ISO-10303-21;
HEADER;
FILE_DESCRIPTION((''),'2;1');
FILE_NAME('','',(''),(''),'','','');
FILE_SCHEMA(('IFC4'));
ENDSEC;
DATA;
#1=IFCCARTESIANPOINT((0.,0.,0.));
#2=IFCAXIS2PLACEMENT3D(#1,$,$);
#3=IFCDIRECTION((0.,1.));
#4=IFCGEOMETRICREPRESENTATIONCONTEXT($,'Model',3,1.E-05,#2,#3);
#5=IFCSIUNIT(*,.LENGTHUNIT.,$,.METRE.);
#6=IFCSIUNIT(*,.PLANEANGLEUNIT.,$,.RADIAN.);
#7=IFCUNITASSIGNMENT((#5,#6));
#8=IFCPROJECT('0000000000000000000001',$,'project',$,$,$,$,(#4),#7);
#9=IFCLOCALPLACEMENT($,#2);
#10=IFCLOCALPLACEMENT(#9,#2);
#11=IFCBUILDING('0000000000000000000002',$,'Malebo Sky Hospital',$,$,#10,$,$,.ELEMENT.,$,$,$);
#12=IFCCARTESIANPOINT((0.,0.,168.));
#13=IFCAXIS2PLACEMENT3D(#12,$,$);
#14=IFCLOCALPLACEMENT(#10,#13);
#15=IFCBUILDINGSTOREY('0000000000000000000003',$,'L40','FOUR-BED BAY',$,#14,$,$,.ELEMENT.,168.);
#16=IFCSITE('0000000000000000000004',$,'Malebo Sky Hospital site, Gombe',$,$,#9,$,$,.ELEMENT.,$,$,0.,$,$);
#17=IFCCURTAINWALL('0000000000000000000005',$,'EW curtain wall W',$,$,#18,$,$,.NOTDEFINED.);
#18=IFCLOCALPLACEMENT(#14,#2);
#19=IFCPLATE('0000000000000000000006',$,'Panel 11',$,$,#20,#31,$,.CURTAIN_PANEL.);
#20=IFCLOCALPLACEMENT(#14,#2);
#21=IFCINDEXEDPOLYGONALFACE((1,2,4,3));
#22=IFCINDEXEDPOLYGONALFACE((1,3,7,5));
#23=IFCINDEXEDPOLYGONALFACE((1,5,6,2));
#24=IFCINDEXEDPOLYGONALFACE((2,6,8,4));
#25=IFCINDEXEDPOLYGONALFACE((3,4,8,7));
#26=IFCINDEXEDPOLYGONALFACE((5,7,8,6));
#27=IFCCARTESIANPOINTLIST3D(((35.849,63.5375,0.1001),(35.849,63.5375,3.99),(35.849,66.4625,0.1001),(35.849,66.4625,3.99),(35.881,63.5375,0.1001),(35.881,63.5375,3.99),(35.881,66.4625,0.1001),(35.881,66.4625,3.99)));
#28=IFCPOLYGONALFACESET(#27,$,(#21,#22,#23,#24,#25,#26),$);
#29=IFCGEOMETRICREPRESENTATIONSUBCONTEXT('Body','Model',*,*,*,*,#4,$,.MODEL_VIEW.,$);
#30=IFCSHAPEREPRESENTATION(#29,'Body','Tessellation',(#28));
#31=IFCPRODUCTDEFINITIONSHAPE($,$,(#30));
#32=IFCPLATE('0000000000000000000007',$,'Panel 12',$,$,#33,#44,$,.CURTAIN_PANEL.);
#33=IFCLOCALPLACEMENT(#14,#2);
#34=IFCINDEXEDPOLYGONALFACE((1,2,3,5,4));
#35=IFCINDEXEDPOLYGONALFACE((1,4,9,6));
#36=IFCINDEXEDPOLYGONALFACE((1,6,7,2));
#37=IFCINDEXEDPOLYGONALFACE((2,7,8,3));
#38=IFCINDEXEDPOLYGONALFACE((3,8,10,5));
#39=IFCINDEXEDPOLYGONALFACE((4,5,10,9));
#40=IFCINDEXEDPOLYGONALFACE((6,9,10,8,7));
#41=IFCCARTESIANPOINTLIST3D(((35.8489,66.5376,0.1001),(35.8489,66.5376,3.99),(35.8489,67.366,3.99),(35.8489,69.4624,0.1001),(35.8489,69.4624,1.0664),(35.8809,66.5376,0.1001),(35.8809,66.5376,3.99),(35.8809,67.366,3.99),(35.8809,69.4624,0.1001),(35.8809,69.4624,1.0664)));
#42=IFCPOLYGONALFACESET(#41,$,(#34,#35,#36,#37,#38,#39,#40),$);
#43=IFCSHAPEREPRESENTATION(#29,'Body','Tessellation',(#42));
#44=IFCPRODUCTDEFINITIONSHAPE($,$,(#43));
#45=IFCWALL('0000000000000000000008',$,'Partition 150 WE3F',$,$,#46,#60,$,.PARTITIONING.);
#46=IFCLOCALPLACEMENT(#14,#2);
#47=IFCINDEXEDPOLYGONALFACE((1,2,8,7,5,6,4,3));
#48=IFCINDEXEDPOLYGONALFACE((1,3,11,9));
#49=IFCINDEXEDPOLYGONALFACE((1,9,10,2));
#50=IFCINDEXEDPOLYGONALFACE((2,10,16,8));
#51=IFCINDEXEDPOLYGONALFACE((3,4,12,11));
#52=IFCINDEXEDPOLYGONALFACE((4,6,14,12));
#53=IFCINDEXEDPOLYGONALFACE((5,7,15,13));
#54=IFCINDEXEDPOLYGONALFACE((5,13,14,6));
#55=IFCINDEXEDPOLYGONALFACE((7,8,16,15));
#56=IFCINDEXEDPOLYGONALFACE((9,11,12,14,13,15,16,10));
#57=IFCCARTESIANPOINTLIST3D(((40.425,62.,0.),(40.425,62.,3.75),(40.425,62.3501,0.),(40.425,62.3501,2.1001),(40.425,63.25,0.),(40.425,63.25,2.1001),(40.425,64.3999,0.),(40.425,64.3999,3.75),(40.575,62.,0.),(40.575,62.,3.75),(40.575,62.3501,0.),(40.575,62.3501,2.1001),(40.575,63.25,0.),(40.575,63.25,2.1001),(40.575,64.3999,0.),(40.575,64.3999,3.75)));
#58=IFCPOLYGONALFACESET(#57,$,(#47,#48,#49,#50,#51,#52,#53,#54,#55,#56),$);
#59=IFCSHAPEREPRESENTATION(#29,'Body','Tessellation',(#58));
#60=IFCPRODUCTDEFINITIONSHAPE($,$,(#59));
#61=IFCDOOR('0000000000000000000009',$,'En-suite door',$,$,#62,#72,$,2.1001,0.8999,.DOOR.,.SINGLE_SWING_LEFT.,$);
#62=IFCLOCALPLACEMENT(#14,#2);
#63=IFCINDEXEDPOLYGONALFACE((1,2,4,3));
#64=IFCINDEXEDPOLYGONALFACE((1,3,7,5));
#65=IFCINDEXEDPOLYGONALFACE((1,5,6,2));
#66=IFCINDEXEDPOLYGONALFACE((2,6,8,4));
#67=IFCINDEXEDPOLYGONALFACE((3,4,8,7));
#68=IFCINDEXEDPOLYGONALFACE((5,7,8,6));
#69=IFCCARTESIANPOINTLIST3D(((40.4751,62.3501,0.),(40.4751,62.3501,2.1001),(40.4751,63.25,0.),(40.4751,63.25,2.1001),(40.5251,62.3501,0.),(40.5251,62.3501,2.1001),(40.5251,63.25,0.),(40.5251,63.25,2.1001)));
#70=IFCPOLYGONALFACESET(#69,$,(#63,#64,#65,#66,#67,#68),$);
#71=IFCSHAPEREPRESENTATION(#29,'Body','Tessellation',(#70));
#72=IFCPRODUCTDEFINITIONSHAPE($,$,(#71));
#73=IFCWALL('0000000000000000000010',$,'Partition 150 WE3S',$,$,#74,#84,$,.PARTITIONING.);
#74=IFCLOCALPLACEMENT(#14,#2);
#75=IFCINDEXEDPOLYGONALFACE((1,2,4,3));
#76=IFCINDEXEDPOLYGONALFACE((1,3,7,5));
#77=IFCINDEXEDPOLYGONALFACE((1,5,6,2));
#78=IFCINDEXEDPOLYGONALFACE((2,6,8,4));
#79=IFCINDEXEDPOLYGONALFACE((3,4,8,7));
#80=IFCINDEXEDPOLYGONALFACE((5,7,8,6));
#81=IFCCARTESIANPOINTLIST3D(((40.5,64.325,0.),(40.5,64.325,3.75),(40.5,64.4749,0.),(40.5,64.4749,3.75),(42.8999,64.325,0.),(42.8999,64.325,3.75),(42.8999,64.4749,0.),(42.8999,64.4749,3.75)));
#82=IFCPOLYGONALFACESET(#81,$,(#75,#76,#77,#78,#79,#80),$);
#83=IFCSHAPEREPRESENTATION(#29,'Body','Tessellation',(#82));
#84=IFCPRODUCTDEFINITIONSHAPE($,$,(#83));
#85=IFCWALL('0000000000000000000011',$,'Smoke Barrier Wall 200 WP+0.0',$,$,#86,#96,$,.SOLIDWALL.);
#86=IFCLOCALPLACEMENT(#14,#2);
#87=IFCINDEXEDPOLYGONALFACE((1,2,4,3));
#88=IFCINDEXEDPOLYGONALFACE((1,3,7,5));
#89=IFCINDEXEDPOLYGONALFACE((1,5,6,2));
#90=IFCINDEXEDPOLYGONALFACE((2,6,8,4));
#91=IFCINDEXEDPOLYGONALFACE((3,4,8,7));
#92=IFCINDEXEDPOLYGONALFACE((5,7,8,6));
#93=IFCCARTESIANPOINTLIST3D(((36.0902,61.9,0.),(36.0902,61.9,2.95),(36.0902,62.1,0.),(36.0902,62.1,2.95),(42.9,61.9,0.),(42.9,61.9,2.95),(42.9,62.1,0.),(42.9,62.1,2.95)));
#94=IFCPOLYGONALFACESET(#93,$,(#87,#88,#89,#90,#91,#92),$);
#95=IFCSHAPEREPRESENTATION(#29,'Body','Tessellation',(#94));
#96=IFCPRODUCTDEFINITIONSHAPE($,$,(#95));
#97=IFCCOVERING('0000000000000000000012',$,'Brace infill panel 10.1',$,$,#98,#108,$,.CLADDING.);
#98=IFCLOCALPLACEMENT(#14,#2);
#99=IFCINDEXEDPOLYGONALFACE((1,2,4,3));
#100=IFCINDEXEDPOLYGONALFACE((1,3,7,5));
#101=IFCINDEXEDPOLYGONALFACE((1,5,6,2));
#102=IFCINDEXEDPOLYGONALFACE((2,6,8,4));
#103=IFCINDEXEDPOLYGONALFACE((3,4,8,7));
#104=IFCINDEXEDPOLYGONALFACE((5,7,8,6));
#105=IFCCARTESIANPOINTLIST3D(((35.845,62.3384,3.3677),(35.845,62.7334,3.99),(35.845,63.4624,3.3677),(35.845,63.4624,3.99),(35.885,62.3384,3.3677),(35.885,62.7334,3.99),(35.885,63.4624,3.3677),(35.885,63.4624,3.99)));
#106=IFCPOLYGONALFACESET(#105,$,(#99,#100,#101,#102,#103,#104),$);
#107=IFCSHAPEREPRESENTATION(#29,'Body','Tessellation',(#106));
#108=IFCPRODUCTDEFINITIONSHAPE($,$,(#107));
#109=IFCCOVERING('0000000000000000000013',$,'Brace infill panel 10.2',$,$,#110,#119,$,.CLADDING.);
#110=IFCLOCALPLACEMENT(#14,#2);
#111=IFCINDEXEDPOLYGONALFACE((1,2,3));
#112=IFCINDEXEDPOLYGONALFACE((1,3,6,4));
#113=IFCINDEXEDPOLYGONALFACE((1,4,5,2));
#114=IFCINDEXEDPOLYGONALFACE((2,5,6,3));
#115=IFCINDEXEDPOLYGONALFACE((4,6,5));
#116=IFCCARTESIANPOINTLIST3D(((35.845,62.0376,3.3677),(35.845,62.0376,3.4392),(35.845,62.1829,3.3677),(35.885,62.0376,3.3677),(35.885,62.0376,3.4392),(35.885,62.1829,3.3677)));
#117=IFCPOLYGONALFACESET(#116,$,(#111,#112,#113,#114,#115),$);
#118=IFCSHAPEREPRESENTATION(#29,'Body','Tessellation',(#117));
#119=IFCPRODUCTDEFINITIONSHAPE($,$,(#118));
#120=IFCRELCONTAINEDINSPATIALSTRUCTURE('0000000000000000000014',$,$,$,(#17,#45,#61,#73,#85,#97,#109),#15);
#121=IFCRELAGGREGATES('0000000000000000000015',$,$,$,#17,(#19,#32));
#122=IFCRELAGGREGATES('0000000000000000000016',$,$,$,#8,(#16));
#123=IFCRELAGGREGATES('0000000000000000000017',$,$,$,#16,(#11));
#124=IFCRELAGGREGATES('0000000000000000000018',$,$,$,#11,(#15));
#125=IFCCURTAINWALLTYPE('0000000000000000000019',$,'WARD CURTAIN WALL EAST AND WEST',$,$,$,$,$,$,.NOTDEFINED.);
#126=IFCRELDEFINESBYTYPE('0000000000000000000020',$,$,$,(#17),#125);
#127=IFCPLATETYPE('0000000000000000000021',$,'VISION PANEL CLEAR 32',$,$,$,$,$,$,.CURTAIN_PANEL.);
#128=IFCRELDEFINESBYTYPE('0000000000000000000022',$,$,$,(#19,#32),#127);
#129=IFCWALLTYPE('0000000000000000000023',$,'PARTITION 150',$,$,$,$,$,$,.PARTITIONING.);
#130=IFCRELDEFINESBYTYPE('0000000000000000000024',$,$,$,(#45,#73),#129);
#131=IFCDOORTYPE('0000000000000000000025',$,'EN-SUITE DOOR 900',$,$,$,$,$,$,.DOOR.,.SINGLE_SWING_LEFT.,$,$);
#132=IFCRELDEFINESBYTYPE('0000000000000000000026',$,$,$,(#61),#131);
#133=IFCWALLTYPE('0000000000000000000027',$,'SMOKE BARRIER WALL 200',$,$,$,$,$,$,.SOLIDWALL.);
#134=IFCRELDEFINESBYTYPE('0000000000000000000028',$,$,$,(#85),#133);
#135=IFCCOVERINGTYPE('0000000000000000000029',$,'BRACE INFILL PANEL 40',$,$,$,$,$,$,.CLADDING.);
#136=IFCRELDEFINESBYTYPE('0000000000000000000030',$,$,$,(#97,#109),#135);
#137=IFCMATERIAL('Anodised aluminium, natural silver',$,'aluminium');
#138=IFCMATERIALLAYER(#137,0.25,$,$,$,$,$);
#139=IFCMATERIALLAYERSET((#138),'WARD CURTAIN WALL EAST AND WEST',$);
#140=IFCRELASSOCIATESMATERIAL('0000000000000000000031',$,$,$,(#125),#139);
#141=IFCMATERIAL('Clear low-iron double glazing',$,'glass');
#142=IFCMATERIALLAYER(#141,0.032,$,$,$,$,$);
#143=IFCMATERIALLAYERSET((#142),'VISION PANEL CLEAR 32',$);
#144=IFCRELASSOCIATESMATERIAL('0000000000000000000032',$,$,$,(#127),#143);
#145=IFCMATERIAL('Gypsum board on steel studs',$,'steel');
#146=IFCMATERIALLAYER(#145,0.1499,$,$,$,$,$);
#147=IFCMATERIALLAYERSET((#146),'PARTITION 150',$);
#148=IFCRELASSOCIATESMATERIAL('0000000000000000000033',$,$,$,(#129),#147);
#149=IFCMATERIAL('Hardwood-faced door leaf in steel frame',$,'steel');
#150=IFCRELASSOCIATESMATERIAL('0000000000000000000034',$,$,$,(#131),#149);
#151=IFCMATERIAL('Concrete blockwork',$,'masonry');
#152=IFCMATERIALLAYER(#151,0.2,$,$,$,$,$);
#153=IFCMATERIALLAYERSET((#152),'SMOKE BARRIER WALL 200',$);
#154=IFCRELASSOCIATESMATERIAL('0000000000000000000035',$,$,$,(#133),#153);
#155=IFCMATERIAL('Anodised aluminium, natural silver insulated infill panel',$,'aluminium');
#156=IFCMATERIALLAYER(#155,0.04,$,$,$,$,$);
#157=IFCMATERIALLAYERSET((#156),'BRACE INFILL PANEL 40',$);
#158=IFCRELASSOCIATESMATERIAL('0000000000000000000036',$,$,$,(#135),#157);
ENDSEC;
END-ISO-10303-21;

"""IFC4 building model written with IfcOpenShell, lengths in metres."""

from ifc_helpers import new_model, si_unit, direction, frame, frame_2d, origin, origin_2d, place, context, subcontext, project, spatial, polyline, rectangle, outline, extrude, material, layer, layer_set, type_object, element, fill, aggregate, save


model = new_model("IFC4")

# Units and contexts
model_context = context("Model", 3, precision=1e-05, world=origin(), true_north=direction((0.0, 1.0)))
body_context = subcontext(model_context, "Body", "Model", "MODEL_VIEW")
ifc_project = project(units=[si_unit("LENGTHUNIT", "METRE"), si_unit("PLANEANGLEUNIT", "RADIAN")], contexts=[model_context])

# Site, building, storey
site_placement = place(None, origin())
site = spatial("IfcSite", under=ifc_project, at=site_placement, Name="Malebo Sky Hospital site, Gombe", CompositionType="ELEMENT", RefElevation=0.0)
building_placement = place(site_placement, origin())
building = spatial("IfcBuilding", under=site, at=building_placement, Name="Malebo Sky Hospital", CompositionType="ELEMENT")
storey_placement = place(building_placement, frame((0.0, 0.0, 168.0)))
storey = spatial("IfcBuildingStorey", under=building, at=storey_placement, Name="L40", Description="FOUR-BED BAY", CompositionType="ELEMENT", Elevation=168.0)

# Curtain wall
ifc_material_1 = material(Name="Anodised aluminium, natural silver", Category="aluminium")
ifc_layer_1 = layer(ifc_material_1, 0.25)
ifc_layer_set_1 = layer_set([ifc_layer_1], Name="WARD CURTAIN WALL EAST AND WEST")
curtain_wall_type = type_object("IfcCurtainWallType", Name="WARD CURTAIN WALL EAST AND WEST", PredefinedType="NOTDEFINED", material=ifc_layer_set_1)
curtain_wall_placement = place(storey_placement, origin())
curtain_wall = element("IfcCurtainWall", 1, at=curtain_wall_placement, inside=storey, type_object=curtain_wall_type, Name="EW curtain wall W", PredefinedType="NOTDEFINED")

# Plates
ifc_material_2 = material(Name="Clear low-iron double glazing", Category="glass")
ifc_layer_2 = layer(ifc_material_2, 0.032)
ifc_layer_set_2 = layer_set([ifc_layer_2], Name="VISION PANEL CLEAR 32")
plate_type = type_object("IfcPlateType", Name="VISION PANEL CLEAR 32", PredefinedType="CURTAIN_PANEL", material=ifc_layer_set_2)
plate_1_placement = place(storey_placement, frame((35.865, 65.0, 0.1001), z_axis=(0.0, 0.0, 1.0), x_axis=(0.0, 1.0, 0.0)))
plate_1 = element("IfcPlate", 2, at=plate_1_placement, type_object=plate_type, Name="Panel 11", PredefinedType="CURTAIN_PANEL", context=body_context, shape_type="SweptSolid", body=[
    extrude(rectangle(XDim=2.925, YDim=0.032, at=origin_2d()), origin(), (0.0, 0.0, 1.0), 3.8899),
])
plate_2_placement = place(storey_placement, frame((35.865, 68.0, 0.1001), z_axis=(0.0, 0.0, 1.0), x_axis=(0.0, 1.0, 0.0)))
plate_2 = element("IfcPlate", 3, at=plate_2_placement, type_object=plate_type, Name="Panel 12", PredefinedType="CURTAIN_PANEL", context=body_context, shape_type="SweptSolid", body=[
    extrude(outline(polyline([(-1.4624, 0.0), (1.4624, 0.0), (1.4624, 0.9663), (-0.634, 3.8899), (-1.4624, 3.8899), (-1.4624, 0.0)])), frame((0.0, 0.0161, 0.0), z_axis=(0.0, -1.0, 0.0), x_axis=(1.0, 0.0, 0.0)), (0.0, 0.0, 1.0), 0.032),
])
aggregate(curtain_wall, [plate_1, plate_2])

# Wall, opening, door
ifc_material_3 = material(Name="Gypsum board on steel studs", Category="steel")
ifc_layer_3 = layer(ifc_material_3, 0.1499)
ifc_layer_set_3 = layer_set([ifc_layer_3], Name="PARTITION 150")
wall_type_1 = type_object("IfcWallType", Name="PARTITION 150", PredefinedType="PARTITIONING", material=ifc_layer_set_3)
wall_1_placement = place(storey_placement, frame((40.5, 62.0, 0.0), z_axis=(0.0, 0.0, 1.0), x_axis=(0.0, 1.0, 0.0)))
wall_1 = element("IfcWall", 4, at=wall_1_placement, inside=storey, type_object=wall_type_1, Name="Partition 150 WE3F", PredefinedType="PARTITIONING", context=body_context, shape_type="SweptSolid", body=[
    extrude(rectangle(XDim=2.3999, YDim=0.1499, at=frame_2d((1.2, 0.0))), origin(), (0.0, 0.0, 1.0), 3.75),
])
opening_placement = place(wall_1_placement, frame((0.3501, 0.0, 0.0)))
opening = element("IfcOpeningElement", 5, at=opening_placement, cuts=wall_1, PredefinedType="OPENING", context=body_context, shape_type="SweptSolid", body=[
    extrude(rectangle(XDim=0.8999, YDim=2.1001, at=frame_2d((0.45, 1.05))), frame((0.0, 0.085, 0.0), z_axis=(0.0, -1.0, 0.0), x_axis=(1.0, 0.0, 0.0)), (0.0, 0.0, 1.0), 0.1699),
])
ifc_material_4 = material(Name="Hardwood-faced door leaf in steel frame", Category="steel")
door_type = type_object("IfcDoorType", Name="EN-SUITE DOOR 900", OperationType="SINGLE_SWING_LEFT", PredefinedType="DOOR", material=ifc_material_4)
door_placement = place(opening_placement, origin())
door = element("IfcDoor", 6, at=door_placement, inside=storey, type_object=door_type, Name="En-suite door", OperationType="SINGLE_SWING_LEFT", OverallHeight=2.1001, OverallWidth=0.8999, PredefinedType="DOOR", context=body_context, shape_type="SweptSolid", body=[
    extrude(rectangle(XDim=0.8999, YDim=2.1001, at=frame_2d((0.45, 1.05))), frame((0.0, 0.0249, 0.0), z_axis=(0.0, -1.0, 0.0), x_axis=(1.0, 0.0, 0.0)), (0.0, 0.0, 1.0), 0.05),
])
fill(opening, door)

# Walls
wall_2_placement = place(storey_placement, frame((42.8999, 64.3999, 0.0), z_axis=(0.0, 0.0, 1.0), x_axis=(-1.0, 0.0, 0.0)))
element("IfcWall", 7, at=wall_2_placement, inside=storey, type_object=wall_type_1, Name="Partition 150 WE3S", PredefinedType="PARTITIONING", context=body_context, shape_type="SweptSolid", body=[
    extrude(rectangle(XDim=2.3999, YDim=0.1499, at=frame_2d((1.2, 0.0))), origin(), (0.0, 0.0, 1.0), 3.75),
])
ifc_material_5 = material(Name="Concrete blockwork", Category="masonry")
ifc_layer_4 = layer(ifc_material_5, 0.2)
ifc_layer_set_4 = layer_set([ifc_layer_4], Name="SMOKE BARRIER WALL 200")
wall_type_2 = type_object("IfcWallType", Name="SMOKE BARRIER WALL 200", PredefinedType="SOLIDWALL", material=ifc_layer_set_4)
wall_3_placement = place(storey_placement, frame((42.8999, 62.0, 0.0), z_axis=(0.0, 0.0, 1.0), x_axis=(-1.0, 0.0, 0.0)))
element("IfcWall", 8, at=wall_3_placement, inside=storey, type_object=wall_type_2, Name="Smoke Barrier Wall 200 WP+0.0", PredefinedType="SOLIDWALL", context=body_context, shape_type="SweptSolid", body=[
    extrude(rectangle(XDim=6.8098, YDim=0.2, at=frame_2d((3.4048, 0.0))), origin(), (0.0, 0.0, 1.0), 2.95),
])

# Coverings
ifc_material_6 = material(Name="Anodised aluminium, natural silver insulated infill panel", Category="aluminium")
ifc_layer_5 = layer(ifc_material_6, 0.04)
ifc_layer_set_5 = layer_set([ifc_layer_5], Name="BRACE INFILL PANEL 40")
covering_type = type_object("IfcCoveringType", Name="BRACE INFILL PANEL 40", PredefinedType="CLADDING", material=ifc_layer_set_5)
covering_1_placement = place(storey_placement, frame((35.865, 62.9004, 3.3677), z_axis=(0.0, 0.0, 1.0), x_axis=(0.0, 1.0, 0.0)))
element("IfcCovering", 9, at=covering_1_placement, inside=storey, type_object=covering_type, Name="Brace infill panel 10.1", PredefinedType="CLADDING", context=body_context, shape_type="SweptSolid", body=[
    extrude(outline(polyline([(-0.562, 0.0), (0.562, 0.0), (0.562, 0.6223), (-0.167, 0.6223), (-0.562, 0.0)])), frame((0.0, 0.02, 0.0), z_axis=(0.0, -1.0, 0.0), x_axis=(1.0, 0.0, 0.0)), (0.0, 0.0, 1.0), 0.04),
])
covering_2_placement = place(storey_placement, frame((35.865, 62.1101, 3.3677), z_axis=(0.0, 0.0, 1.0), x_axis=(0.0, 1.0, 0.0)))
element("IfcCovering", 10, at=covering_2_placement, inside=storey, type_object=covering_type, Name="Brace infill panel 10.2", PredefinedType="CLADDING", context=body_context, shape_type="SweptSolid", body=[
    extrude(outline(polyline([(-0.0725, 0.0), (0.0728, 0.0), (-0.0725, 0.0715), (-0.0725, 0.0)])), frame((0.0, 0.02, 0.0), z_axis=(0.0, -1.0, 0.0), x_axis=(1.0, 0.0, 0.0)), (0.0, 0.0, 1.0), 0.04),
])

save(model, "model.ifc")
